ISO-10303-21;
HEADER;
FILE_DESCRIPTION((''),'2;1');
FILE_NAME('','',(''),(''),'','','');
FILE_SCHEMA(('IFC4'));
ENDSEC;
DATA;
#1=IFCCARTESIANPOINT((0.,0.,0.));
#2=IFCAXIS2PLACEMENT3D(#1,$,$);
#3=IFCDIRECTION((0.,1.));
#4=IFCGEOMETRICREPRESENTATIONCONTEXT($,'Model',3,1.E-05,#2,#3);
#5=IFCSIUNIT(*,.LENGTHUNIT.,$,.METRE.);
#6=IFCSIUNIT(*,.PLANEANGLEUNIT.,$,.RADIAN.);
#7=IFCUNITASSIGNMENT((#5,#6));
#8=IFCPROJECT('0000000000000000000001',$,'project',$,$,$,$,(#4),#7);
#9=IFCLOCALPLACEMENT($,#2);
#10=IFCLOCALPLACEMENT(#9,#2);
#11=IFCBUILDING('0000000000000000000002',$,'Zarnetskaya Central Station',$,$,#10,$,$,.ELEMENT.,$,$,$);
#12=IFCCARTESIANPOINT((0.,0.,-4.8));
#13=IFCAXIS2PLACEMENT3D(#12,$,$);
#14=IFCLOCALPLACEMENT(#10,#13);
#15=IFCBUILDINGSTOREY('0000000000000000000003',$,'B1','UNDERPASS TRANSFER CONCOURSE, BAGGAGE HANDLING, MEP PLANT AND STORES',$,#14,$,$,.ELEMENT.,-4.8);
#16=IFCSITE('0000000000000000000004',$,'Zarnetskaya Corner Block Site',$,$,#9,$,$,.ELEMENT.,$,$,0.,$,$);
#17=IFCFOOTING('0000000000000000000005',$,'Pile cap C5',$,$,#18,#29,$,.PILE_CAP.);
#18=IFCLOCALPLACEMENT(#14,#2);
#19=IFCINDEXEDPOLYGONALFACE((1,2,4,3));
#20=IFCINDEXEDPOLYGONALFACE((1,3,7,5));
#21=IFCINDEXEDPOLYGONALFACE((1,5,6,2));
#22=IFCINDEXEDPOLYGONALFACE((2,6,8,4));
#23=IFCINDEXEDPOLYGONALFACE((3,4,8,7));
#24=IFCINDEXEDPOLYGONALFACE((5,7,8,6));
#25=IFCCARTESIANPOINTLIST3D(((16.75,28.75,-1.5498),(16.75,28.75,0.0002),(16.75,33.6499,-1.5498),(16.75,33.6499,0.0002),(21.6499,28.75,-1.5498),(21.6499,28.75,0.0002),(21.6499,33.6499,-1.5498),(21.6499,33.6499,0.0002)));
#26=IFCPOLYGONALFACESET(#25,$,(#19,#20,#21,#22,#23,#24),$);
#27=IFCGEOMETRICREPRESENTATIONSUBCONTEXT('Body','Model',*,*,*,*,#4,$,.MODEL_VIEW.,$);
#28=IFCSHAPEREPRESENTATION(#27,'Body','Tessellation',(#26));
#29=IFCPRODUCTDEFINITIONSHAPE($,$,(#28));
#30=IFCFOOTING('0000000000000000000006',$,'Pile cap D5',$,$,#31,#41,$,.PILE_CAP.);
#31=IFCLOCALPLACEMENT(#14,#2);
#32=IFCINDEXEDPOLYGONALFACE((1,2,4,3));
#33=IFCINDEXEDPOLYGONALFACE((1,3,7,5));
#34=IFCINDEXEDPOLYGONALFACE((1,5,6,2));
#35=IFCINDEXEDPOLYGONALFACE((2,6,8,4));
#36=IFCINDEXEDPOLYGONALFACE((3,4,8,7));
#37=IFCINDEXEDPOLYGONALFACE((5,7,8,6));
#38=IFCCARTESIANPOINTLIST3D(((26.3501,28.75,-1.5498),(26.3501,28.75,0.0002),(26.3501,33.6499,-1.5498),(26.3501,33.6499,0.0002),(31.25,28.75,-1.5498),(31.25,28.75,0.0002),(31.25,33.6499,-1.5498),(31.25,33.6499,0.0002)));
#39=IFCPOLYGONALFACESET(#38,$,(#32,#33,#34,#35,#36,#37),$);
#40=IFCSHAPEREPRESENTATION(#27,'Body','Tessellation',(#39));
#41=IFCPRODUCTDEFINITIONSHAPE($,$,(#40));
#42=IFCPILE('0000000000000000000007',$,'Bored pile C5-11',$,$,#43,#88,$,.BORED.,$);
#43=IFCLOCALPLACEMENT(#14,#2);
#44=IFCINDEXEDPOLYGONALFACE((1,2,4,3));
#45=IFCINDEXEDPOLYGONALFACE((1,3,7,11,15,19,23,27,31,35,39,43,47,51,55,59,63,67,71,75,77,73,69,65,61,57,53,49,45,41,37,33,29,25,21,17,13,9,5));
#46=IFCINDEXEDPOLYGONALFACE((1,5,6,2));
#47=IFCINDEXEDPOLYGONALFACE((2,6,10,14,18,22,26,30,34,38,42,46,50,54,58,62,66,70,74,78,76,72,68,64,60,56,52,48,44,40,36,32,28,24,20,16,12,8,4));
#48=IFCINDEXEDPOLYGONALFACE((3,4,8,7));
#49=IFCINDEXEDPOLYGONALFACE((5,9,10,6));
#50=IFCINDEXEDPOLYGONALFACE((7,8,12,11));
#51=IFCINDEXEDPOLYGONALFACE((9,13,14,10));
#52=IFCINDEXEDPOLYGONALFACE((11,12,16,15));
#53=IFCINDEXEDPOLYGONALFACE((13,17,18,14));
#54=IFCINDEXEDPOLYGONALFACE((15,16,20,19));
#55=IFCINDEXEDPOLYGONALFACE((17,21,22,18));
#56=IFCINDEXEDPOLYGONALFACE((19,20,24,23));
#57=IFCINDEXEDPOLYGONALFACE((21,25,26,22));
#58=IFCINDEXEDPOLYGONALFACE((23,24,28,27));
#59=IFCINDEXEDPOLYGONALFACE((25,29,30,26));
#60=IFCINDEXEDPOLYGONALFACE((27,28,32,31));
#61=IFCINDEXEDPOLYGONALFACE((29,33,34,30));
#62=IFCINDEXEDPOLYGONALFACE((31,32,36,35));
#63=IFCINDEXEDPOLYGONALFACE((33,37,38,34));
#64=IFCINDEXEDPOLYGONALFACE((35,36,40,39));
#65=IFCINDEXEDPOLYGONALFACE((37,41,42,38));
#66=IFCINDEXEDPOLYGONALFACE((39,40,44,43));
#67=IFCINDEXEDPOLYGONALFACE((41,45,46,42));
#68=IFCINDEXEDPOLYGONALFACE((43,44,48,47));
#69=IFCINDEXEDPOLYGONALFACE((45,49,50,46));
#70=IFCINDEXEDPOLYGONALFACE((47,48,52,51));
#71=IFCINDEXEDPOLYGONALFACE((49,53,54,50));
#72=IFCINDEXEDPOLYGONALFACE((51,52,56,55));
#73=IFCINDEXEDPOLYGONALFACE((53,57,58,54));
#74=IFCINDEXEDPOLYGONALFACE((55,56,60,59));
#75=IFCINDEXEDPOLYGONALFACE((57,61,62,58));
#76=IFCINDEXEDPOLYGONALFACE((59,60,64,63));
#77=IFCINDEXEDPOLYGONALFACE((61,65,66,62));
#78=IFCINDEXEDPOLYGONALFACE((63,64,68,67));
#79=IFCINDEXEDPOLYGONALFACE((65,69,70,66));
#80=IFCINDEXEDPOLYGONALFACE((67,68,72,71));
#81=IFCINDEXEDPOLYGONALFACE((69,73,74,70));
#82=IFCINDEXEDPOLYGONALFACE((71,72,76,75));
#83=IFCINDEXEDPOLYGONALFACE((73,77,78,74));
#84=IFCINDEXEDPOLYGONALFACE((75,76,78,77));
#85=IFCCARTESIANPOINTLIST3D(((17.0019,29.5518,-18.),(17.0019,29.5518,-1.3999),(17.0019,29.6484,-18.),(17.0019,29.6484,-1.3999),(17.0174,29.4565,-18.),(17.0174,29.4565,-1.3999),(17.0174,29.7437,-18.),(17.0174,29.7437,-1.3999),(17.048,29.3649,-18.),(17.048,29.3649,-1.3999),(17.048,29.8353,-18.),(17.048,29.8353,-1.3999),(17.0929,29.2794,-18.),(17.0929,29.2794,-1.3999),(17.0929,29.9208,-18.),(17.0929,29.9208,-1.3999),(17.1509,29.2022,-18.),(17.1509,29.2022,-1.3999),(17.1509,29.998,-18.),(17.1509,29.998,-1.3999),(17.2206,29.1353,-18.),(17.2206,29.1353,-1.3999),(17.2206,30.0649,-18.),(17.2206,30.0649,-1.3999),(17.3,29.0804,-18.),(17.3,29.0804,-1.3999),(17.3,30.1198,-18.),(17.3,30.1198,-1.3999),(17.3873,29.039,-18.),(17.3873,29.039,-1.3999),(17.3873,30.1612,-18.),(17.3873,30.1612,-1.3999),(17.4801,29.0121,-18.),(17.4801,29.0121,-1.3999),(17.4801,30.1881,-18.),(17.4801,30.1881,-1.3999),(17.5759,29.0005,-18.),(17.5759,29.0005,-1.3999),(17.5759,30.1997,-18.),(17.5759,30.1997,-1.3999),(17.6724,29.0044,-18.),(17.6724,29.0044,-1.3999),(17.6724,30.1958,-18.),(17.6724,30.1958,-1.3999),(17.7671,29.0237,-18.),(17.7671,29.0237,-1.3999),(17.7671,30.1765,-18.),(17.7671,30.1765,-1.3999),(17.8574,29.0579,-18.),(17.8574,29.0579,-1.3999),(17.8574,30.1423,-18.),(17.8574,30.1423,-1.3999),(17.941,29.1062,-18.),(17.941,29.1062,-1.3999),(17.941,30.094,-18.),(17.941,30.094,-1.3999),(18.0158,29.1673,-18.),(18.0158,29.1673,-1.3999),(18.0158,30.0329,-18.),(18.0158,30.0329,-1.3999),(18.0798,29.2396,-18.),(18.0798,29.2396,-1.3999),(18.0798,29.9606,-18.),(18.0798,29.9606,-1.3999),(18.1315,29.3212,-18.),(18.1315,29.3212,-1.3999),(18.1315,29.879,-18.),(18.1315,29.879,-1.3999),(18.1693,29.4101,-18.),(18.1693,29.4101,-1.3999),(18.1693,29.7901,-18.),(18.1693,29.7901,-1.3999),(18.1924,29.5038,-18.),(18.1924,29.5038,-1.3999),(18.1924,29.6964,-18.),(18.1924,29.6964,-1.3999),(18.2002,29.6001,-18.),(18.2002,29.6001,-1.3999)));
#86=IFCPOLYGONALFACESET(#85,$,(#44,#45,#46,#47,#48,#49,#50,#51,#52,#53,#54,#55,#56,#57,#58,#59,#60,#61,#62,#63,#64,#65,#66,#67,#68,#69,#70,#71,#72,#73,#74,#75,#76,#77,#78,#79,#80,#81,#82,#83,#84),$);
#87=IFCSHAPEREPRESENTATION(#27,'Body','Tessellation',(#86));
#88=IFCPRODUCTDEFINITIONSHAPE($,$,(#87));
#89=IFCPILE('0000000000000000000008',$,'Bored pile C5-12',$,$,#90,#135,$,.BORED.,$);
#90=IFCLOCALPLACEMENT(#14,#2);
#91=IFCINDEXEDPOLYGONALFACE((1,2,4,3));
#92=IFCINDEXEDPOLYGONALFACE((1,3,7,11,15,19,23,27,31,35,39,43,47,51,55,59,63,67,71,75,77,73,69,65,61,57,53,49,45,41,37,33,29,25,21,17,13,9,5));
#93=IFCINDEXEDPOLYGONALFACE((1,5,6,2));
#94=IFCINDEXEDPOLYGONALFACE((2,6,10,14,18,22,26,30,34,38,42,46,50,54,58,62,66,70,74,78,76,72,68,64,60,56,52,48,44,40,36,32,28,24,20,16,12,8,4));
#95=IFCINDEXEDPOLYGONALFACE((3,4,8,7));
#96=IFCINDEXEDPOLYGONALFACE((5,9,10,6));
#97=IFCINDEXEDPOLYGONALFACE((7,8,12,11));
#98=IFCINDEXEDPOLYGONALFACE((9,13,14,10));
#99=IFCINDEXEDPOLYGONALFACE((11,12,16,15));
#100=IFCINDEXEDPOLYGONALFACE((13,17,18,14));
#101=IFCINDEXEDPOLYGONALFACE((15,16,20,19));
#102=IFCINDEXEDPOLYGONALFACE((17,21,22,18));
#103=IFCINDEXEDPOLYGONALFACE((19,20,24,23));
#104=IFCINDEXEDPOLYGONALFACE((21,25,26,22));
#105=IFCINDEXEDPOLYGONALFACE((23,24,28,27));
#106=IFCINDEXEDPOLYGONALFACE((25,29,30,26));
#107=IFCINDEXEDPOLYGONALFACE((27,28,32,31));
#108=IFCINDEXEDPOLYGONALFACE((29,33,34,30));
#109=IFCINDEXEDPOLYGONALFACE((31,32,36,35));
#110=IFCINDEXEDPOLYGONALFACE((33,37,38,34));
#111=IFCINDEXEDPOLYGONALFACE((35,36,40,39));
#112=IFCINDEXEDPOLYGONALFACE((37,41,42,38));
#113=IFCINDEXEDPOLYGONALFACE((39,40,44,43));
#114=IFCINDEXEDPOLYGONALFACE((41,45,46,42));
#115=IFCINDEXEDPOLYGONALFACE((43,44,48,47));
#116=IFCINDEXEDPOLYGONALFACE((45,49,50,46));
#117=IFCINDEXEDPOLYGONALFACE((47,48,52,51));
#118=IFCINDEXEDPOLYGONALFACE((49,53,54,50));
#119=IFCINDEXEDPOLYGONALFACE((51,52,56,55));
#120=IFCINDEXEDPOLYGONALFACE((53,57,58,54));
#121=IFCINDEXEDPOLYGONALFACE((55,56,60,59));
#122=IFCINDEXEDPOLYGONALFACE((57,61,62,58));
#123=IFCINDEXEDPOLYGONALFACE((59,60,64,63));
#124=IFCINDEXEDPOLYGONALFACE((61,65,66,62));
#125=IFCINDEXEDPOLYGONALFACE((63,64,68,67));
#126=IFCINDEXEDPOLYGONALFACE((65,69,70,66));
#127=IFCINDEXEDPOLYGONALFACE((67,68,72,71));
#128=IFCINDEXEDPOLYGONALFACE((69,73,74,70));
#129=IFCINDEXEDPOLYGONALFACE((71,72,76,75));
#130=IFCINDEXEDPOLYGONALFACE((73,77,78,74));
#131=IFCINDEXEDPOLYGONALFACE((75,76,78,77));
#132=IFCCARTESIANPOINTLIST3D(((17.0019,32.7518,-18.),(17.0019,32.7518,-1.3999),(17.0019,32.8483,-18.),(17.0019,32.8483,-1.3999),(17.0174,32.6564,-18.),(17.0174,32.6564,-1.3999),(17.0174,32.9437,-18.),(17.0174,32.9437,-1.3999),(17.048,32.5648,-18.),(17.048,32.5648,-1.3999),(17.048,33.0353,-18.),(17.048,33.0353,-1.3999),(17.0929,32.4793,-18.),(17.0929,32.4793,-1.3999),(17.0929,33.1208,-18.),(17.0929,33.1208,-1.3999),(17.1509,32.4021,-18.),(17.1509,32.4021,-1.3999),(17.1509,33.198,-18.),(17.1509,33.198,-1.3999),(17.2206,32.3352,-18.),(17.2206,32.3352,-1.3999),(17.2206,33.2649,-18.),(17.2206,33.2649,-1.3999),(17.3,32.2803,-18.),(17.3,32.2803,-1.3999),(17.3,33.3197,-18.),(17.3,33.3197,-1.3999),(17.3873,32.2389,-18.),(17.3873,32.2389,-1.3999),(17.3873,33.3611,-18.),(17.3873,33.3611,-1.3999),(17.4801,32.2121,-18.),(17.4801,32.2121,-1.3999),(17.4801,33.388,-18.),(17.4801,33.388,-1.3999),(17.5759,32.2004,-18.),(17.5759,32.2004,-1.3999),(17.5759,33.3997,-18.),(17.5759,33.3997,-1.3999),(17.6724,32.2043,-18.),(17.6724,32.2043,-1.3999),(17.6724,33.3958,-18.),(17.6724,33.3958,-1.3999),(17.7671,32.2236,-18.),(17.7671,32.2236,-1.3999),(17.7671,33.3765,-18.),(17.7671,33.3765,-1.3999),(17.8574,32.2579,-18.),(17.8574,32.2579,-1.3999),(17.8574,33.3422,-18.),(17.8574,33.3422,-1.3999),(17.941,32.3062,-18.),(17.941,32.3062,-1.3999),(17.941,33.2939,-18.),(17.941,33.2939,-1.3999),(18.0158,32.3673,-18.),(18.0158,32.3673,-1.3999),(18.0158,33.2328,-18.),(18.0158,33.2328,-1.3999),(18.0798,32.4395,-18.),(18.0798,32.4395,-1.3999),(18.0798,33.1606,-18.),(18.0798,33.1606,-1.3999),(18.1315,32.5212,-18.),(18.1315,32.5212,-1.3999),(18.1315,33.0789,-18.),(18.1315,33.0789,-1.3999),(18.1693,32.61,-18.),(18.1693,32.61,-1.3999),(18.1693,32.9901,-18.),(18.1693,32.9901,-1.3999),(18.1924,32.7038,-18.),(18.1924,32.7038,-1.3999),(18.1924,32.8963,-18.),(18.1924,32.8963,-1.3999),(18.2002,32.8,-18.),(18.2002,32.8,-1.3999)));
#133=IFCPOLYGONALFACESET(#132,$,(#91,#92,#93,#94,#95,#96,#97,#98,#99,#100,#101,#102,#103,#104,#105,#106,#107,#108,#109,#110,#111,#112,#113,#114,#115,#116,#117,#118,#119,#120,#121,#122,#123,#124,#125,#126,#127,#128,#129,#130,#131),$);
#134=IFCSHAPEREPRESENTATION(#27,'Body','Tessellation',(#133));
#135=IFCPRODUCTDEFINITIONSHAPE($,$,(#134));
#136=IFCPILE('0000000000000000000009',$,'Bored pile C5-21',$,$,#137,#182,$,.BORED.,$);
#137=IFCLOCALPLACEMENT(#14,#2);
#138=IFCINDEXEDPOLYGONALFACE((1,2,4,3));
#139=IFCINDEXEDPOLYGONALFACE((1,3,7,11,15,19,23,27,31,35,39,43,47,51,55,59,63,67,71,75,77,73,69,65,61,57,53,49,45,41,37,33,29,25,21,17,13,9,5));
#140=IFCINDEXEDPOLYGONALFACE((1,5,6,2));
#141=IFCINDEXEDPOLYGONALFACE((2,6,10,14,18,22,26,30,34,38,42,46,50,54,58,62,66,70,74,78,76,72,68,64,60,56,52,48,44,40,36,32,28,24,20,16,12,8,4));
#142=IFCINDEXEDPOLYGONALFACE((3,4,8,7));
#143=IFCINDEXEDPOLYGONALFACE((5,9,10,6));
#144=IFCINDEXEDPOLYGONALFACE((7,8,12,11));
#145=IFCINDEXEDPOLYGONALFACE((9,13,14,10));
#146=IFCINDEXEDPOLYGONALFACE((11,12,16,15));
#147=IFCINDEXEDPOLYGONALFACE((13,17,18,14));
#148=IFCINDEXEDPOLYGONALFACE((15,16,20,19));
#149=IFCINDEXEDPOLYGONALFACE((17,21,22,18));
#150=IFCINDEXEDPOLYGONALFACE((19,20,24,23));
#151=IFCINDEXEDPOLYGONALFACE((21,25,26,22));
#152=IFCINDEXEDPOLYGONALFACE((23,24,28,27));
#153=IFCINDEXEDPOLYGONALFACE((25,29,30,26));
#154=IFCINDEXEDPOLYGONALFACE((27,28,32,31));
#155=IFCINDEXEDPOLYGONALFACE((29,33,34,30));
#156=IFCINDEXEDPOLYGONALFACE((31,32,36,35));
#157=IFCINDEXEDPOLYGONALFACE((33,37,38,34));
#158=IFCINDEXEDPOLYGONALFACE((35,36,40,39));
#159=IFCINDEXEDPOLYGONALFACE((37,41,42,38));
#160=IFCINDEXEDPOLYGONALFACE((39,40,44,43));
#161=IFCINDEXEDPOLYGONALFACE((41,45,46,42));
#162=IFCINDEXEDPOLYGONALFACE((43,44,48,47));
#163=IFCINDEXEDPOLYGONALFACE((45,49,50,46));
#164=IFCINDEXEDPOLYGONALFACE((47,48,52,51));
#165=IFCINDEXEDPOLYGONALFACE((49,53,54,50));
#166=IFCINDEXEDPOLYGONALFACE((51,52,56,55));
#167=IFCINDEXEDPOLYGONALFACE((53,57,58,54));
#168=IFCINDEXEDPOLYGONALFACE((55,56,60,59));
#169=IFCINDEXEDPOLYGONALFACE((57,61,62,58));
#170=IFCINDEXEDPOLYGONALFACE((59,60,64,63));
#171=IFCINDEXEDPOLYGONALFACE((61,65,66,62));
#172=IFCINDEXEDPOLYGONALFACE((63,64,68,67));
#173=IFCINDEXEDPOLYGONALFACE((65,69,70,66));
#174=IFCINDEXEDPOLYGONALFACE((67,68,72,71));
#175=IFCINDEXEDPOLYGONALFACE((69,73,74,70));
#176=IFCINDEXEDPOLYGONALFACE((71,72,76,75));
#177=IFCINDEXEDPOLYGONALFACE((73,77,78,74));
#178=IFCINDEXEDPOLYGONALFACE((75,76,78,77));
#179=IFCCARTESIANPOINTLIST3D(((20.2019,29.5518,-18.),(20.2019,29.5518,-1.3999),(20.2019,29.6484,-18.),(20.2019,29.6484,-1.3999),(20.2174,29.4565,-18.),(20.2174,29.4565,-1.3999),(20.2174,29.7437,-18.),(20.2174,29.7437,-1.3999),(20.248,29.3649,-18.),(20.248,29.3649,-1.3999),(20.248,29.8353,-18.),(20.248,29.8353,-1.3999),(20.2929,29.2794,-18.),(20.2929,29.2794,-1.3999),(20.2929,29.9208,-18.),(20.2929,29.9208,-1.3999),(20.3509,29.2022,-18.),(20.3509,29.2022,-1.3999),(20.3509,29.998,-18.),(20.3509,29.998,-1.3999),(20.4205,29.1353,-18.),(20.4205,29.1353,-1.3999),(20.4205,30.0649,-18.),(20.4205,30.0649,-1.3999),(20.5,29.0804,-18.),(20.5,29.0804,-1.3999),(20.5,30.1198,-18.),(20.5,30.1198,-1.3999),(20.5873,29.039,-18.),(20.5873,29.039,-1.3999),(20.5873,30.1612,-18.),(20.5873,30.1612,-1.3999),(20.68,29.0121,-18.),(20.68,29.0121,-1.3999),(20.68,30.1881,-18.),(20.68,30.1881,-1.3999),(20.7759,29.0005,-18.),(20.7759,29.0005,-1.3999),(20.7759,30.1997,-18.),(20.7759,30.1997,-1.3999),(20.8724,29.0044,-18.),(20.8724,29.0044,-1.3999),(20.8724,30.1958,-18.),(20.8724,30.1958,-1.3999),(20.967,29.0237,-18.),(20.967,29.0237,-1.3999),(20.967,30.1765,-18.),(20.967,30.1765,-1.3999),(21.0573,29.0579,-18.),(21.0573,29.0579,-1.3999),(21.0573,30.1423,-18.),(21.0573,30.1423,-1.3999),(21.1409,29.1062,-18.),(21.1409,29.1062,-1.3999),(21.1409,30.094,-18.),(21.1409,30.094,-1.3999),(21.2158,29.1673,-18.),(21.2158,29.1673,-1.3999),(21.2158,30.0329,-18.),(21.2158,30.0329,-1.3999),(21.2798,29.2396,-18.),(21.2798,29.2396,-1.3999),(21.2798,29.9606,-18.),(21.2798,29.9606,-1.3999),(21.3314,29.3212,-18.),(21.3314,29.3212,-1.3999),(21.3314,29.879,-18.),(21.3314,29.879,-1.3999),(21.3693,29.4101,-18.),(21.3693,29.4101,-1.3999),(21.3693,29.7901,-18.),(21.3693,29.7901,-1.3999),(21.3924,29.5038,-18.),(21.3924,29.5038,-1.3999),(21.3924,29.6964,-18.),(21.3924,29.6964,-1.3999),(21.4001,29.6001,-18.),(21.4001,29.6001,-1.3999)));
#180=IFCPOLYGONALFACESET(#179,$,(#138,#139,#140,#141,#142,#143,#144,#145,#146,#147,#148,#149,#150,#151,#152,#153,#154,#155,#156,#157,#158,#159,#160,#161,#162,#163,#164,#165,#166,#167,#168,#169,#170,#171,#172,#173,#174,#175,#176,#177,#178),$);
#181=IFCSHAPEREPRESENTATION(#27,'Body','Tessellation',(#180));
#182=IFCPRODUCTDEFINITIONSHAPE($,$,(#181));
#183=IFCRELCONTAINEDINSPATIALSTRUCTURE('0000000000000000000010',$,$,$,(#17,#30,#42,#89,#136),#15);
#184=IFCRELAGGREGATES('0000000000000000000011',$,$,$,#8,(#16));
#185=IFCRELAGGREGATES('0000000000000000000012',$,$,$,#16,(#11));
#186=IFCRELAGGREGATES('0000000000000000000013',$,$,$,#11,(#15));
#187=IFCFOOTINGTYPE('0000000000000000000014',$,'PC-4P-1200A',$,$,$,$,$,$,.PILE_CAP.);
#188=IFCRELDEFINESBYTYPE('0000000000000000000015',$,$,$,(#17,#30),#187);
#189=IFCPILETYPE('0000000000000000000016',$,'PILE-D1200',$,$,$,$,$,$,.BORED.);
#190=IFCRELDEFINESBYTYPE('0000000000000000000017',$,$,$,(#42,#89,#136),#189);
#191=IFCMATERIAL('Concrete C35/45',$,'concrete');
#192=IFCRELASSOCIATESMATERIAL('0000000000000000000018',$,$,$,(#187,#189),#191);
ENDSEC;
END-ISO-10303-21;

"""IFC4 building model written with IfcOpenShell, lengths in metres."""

from ifc_helpers import new_model, si_unit, direction, frame, origin, origin_2d, place, context, subcontext, project, spatial, rectangle, circle, extrude, material, material_profile, profile_set, type_object, element, save


model = new_model("IFC4")

# Units and contexts
model_context = context("Model", 3, precision=1e-05, world=origin(), true_north=direction((0.0, 1.0)))
body_context = subcontext(model_context, "Body", "Model", "MODEL_VIEW")
ifc_project = project(units=[si_unit("LENGTHUNIT", "METRE"), si_unit("PLANEANGLEUNIT", "RADIAN")], contexts=[model_context])

# Site, building, storey
site_placement = place(None, origin())
site = spatial("IfcSite", under=ifc_project, at=site_placement, Name="Zarnetskaya Corner Block Site", CompositionType="ELEMENT", RefElevation=0.0)
building_placement = place(site_placement, origin())
building = spatial("IfcBuilding", under=site, at=building_placement, Name="Zarnetskaya Central Station", CompositionType="ELEMENT")
storey_placement = place(building_placement, frame((0.0, 0.0, -4.8)))
storey = spatial("IfcBuildingStorey", under=building, at=storey_placement, Name="B1", Description="UNDERPASS TRANSFER CONCOURSE, BAGGAGE HANDLING, MEP PLANT AND STORES", CompositionType="ELEMENT", Elevation=-4.8)

# Footings
ifc_material = material(Name="Concrete C35/45", Category="concrete")
footing_type = type_object("IfcFootingType", Name="PC-4P-1200A", PredefinedType="PILE_CAP", material=ifc_material)
for number, where, z_axis, x_axis, name in (
    (1, (19.2, 31.2, -1.5498), (0.0, 0.0, 1.0), (1.0, 0.0, 0.0), "Pile cap C5"),
    (2, (28.8, 31.2, -1.5498), (0.0, 0.0, 1.0), (1.0, 0.0, 0.0), "Pile cap D5"),
):
    element("IfcFooting", number, at=place(storey_placement, frame(where, z_axis=z_axis, x_axis=x_axis)), inside=storey, type_object=footing_type, Name=name, PredefinedType="PILE_CAP", context=body_context, shape_type="SweptSolid", body=[
        extrude(rectangle(XDim=4.8999, YDim=4.8999, at=origin_2d()), origin(), (0.0, 0.0, 1.0), 1.55),
    ])

# Piles
ifc_material_profile_1 = material_profile(ifc_material, circle(Radius=0.6001, at=origin_2d()), Name="BORED PILE D1200")
ifc_profile_set_1 = profile_set([ifc_material_profile_1], Name="Concrete C35/45")
pile_type = type_object("IfcPileType", Name="PILE-D1200", PredefinedType="BORED", material=ifc_profile_set_1)
for number, where, z_axis, x_axis, name in (
    (3, (17.6001, 29.6001, -1.3999), (0.0, 0.0, -1.0), (1.0, 0.0, 0.0), "Bored pile C5-11"),
    (4, (17.6001, 32.8, -1.3999), (0.0, 0.0, -1.0), (1.0, 0.0, 0.0), "Bored pile C5-12"),
    (5, (20.8, 29.6001, -1.3999), (0.0, 0.0, -1.0), (1.0, 0.0, 0.0), "Bored pile C5-21"),
):
    element("IfcPile", number, at=place(storey_placement, frame(where, z_axis=z_axis, x_axis=x_axis)), inside=storey, type_object=pile_type, Name=name, PredefinedType="BORED", context=body_context, shape_type="SweptSolid", body=[
        extrude(circle(Radius=0.6001, at=origin_2d()), origin(), (0.0, 0.0, 1.0), 16.6001),
    ])

save(model, "model.ifc")
